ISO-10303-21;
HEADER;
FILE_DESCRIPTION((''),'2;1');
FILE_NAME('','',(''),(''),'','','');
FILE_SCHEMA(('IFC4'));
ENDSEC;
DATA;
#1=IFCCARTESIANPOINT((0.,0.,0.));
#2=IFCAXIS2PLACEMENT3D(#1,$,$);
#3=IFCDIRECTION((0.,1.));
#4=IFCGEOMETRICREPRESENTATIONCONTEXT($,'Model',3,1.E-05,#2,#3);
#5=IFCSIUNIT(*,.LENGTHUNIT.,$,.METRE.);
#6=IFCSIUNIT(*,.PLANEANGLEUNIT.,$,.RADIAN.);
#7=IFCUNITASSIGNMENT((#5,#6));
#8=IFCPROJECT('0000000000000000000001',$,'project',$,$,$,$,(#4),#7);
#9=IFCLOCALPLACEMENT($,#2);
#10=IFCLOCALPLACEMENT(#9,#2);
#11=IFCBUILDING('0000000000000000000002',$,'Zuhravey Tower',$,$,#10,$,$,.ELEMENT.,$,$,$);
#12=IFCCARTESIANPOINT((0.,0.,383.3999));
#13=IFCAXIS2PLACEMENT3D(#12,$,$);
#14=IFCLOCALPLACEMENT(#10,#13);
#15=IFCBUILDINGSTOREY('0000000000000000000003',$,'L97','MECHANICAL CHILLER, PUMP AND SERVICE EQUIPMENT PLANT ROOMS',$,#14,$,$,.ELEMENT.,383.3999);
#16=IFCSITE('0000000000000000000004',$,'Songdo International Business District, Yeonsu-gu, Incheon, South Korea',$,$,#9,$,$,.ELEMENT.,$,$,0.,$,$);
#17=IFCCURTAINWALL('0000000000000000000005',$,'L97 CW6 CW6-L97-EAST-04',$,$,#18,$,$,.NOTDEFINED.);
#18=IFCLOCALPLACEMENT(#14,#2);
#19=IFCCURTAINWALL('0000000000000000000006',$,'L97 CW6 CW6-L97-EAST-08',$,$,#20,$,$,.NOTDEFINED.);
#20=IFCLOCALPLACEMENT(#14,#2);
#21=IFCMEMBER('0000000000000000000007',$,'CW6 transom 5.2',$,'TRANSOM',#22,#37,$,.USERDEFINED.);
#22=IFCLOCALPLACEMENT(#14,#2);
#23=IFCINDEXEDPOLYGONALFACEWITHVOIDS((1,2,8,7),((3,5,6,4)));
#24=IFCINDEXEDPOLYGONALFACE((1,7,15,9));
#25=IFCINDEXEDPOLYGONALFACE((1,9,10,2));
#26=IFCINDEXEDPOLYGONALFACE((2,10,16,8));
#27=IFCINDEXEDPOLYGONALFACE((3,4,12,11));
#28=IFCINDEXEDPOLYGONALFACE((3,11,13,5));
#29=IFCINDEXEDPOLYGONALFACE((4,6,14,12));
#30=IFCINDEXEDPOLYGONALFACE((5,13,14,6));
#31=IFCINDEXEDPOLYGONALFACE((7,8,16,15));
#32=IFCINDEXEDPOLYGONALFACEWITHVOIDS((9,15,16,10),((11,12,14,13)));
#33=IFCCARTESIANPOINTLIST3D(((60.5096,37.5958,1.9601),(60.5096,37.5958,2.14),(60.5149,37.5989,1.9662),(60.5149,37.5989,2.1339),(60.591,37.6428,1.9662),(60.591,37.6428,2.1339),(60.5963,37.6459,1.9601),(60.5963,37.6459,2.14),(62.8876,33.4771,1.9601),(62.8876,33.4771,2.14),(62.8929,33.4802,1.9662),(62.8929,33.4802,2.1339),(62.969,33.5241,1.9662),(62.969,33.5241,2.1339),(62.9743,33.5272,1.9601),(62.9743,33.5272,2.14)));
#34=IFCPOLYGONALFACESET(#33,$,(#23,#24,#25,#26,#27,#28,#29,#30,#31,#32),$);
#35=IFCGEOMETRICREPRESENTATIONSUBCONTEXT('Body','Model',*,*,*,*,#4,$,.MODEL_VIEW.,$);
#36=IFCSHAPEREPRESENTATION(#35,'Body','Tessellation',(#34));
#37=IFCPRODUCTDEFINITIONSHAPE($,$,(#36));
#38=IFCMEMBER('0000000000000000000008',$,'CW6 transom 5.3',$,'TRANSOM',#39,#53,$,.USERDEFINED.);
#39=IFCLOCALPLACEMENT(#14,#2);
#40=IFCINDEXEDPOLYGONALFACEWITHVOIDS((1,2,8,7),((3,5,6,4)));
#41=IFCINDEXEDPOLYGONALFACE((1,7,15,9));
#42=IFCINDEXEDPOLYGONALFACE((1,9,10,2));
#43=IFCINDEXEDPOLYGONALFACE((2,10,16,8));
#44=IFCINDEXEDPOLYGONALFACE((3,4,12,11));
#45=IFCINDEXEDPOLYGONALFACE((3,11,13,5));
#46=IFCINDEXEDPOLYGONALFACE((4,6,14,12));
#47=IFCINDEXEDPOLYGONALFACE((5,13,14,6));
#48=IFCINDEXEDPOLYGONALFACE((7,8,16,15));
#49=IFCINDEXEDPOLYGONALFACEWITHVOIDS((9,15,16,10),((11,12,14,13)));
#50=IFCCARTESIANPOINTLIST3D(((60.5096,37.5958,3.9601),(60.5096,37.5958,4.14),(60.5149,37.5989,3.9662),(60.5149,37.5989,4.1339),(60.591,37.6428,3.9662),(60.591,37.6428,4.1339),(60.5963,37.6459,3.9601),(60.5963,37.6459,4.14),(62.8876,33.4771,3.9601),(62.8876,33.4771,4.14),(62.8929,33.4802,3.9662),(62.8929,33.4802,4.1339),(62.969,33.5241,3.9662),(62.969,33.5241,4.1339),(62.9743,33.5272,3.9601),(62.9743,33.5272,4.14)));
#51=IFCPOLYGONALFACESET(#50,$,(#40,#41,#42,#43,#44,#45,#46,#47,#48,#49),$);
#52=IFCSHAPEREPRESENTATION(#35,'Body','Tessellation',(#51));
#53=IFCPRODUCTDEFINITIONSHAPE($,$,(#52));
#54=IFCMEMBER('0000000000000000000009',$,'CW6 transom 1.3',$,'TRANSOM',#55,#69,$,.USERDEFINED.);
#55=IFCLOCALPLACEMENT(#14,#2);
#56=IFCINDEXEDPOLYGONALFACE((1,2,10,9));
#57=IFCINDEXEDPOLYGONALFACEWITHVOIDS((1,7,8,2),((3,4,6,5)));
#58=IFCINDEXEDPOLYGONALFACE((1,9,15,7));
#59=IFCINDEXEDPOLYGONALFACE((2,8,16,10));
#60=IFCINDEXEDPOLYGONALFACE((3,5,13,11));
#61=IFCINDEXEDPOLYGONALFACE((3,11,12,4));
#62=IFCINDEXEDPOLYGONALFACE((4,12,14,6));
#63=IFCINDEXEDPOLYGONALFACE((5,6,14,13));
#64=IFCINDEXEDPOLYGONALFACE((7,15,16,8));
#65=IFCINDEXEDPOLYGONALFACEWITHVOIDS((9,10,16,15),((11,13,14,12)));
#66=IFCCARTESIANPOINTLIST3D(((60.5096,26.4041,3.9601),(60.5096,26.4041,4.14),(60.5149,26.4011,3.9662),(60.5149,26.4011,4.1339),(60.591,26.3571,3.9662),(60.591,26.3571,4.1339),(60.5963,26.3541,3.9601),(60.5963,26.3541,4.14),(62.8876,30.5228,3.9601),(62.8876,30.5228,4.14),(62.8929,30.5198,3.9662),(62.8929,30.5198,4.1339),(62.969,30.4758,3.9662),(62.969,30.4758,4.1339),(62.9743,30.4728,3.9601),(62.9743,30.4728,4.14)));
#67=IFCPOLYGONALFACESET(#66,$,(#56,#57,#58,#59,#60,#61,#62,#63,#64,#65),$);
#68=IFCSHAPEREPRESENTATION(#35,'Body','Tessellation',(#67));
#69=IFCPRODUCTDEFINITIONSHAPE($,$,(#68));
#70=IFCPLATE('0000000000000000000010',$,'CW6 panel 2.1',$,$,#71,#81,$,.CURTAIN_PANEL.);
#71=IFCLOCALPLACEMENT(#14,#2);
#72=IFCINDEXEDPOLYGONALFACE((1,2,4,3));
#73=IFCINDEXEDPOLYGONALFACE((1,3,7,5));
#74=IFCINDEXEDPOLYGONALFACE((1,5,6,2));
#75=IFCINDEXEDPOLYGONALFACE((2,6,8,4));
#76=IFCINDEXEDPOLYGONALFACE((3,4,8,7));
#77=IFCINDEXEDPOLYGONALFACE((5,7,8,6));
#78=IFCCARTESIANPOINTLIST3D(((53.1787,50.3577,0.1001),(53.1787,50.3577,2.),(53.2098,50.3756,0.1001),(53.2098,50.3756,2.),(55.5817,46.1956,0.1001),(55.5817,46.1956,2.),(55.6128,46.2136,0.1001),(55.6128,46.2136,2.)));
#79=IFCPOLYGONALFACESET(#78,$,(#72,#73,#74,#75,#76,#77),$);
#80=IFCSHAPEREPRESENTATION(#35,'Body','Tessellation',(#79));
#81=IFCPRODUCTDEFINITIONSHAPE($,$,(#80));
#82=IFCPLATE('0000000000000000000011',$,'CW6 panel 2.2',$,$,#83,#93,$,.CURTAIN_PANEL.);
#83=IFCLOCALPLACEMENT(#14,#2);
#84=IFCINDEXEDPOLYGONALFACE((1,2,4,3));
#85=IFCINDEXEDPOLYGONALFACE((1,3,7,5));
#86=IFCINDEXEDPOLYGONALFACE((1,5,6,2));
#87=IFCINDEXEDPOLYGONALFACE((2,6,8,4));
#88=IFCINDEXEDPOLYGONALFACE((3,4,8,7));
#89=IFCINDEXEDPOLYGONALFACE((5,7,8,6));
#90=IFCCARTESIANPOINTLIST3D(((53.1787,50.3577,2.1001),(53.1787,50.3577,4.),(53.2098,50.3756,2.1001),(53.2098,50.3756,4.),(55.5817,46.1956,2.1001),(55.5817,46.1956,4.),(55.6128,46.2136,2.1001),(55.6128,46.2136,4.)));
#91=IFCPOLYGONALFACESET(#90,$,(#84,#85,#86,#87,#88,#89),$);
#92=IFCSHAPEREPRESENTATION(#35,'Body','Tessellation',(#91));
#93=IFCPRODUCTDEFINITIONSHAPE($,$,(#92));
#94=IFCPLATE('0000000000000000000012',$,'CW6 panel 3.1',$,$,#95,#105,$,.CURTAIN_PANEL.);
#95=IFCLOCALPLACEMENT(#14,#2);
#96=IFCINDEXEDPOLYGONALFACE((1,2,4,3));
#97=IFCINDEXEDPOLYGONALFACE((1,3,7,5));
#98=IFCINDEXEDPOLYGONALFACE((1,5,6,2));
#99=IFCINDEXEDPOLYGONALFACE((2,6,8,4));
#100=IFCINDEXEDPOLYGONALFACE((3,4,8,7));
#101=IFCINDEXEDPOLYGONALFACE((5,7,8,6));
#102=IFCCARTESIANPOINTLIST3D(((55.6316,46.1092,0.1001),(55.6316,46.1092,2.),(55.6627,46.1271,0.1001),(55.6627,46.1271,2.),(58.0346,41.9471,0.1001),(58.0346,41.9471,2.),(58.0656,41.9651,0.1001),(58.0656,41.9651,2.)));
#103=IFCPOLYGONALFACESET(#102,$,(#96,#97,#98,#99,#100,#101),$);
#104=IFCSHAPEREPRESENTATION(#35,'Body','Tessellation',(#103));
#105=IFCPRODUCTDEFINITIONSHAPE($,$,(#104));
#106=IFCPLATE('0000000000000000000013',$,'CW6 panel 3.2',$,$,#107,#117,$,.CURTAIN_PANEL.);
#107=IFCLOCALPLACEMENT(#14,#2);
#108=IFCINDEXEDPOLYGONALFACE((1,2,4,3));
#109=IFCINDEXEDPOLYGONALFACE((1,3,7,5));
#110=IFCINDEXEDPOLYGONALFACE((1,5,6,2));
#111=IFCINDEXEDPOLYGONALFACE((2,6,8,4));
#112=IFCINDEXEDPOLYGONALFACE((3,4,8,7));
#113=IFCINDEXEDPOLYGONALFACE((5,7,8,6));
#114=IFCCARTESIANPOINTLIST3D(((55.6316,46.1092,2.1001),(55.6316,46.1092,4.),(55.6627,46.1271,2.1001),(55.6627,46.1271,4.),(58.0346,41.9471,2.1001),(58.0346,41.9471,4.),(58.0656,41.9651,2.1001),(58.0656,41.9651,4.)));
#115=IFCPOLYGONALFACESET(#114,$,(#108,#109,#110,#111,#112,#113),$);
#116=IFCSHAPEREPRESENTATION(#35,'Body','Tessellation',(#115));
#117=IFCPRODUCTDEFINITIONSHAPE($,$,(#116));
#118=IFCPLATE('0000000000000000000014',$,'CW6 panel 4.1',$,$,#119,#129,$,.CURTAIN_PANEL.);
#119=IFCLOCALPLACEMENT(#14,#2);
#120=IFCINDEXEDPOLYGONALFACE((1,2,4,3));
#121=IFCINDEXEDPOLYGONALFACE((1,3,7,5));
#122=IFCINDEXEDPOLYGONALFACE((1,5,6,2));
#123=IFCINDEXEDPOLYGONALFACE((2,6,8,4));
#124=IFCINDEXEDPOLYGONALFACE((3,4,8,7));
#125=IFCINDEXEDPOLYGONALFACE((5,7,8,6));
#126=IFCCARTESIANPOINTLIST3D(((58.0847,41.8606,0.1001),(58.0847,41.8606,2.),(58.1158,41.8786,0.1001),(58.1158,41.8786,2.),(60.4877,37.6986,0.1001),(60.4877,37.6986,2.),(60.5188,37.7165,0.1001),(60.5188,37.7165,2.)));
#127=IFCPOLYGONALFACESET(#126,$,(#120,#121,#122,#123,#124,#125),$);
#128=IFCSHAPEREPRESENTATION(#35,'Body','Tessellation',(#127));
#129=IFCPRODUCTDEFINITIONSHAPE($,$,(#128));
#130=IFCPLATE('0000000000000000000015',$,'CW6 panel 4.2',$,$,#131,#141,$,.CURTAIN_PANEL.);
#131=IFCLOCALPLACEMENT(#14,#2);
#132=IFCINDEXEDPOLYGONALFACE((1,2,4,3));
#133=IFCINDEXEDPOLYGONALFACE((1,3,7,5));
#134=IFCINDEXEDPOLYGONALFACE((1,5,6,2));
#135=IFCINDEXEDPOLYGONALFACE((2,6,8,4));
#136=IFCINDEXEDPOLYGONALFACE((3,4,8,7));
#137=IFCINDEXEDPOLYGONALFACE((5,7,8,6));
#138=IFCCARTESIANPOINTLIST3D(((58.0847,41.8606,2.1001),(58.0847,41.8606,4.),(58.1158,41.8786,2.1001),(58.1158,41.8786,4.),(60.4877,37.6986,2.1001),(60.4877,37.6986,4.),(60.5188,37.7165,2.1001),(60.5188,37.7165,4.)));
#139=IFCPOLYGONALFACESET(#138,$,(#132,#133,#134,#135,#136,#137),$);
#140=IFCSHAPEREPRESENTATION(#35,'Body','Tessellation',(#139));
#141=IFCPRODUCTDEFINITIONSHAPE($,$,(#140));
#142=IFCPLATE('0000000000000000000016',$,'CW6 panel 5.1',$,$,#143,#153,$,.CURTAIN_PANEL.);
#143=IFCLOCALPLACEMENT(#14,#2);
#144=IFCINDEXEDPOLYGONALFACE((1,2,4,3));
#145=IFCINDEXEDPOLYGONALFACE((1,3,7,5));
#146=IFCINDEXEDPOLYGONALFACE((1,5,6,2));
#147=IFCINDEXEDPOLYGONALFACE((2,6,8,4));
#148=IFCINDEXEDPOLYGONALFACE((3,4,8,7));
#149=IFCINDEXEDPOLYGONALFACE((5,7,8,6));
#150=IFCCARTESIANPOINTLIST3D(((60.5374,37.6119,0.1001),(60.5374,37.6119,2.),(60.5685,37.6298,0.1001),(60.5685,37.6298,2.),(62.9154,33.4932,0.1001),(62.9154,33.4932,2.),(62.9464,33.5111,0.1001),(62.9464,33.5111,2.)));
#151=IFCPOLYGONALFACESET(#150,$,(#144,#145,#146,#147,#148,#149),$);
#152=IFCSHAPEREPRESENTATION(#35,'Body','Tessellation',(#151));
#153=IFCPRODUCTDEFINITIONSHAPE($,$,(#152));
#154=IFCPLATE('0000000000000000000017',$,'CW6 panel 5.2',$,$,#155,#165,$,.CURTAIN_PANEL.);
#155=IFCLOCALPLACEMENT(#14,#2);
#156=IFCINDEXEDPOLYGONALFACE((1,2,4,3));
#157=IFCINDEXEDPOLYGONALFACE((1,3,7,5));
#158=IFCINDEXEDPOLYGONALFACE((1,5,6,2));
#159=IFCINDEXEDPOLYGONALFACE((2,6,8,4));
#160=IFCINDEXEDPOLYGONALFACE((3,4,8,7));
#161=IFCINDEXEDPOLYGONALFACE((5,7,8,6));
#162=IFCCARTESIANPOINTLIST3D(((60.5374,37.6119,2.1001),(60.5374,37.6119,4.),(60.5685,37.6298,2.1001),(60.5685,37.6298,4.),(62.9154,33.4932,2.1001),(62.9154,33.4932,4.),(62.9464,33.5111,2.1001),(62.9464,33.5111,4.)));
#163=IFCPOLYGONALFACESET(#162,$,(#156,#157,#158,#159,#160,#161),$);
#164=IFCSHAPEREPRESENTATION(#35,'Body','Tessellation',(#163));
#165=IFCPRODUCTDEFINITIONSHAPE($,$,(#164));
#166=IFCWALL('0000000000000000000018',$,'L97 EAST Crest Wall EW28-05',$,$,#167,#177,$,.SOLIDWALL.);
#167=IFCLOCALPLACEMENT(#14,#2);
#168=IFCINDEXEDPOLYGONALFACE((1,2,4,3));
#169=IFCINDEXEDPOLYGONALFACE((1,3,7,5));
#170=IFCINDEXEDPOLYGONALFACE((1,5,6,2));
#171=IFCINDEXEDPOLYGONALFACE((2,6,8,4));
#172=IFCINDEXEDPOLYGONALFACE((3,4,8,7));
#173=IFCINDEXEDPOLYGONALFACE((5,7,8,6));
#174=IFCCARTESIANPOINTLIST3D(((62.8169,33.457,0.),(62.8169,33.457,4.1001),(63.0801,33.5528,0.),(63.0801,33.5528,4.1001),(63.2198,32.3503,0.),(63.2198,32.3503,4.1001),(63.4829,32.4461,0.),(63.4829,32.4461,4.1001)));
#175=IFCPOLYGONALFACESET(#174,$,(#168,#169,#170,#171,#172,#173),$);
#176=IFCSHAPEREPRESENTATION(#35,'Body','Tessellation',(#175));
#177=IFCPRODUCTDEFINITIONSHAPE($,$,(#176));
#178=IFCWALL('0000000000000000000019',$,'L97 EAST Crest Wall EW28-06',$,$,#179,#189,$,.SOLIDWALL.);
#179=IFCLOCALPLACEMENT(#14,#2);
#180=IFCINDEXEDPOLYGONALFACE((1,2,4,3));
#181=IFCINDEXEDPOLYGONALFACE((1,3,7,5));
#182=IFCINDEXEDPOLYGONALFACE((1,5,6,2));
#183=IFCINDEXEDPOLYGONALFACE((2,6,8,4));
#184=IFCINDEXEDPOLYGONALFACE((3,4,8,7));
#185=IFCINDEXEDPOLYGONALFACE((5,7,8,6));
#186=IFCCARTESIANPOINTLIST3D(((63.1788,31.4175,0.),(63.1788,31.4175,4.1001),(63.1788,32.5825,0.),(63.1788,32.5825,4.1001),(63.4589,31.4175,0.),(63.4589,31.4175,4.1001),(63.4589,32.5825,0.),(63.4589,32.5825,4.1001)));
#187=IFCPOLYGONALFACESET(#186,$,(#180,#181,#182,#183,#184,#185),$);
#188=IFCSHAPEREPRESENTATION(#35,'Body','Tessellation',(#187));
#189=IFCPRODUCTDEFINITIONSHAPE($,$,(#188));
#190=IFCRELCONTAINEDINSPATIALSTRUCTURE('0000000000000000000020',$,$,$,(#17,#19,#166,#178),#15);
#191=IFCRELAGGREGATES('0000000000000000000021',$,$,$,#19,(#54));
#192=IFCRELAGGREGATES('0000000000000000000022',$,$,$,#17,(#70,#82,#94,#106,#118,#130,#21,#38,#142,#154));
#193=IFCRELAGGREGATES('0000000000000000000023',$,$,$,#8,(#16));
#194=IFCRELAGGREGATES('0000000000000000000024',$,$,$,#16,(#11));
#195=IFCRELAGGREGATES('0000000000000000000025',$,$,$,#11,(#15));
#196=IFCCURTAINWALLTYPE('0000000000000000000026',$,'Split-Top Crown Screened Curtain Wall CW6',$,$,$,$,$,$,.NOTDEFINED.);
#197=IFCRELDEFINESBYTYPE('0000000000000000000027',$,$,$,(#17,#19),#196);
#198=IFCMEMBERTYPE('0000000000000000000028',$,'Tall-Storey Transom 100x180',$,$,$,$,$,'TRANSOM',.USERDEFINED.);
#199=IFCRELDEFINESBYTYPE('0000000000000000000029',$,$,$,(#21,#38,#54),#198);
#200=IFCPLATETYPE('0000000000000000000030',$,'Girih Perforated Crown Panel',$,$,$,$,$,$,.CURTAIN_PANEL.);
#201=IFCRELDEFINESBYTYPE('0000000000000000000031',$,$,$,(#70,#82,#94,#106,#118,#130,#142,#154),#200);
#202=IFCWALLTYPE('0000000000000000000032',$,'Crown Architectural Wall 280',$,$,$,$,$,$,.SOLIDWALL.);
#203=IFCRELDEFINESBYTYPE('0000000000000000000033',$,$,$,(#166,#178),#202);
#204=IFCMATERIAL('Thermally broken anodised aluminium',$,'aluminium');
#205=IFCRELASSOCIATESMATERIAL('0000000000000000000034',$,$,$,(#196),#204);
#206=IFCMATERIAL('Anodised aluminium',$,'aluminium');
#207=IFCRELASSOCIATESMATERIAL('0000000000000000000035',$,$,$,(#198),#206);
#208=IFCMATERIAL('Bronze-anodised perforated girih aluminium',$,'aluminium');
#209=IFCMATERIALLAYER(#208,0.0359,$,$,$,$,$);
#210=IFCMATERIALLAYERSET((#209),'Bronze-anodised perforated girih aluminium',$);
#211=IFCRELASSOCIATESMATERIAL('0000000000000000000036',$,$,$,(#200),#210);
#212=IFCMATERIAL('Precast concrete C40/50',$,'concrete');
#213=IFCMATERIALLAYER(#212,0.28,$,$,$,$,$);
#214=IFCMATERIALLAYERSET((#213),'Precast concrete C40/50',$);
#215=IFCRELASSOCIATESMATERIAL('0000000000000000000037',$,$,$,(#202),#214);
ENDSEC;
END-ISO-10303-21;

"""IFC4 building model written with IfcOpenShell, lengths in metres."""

from ifc_helpers import new_model, si_unit, direction, frame, frame_2d, origin, origin_2d, place, context, subcontext, project, spatial, rectangle, hollow_rectangle, extrude, material, layer, layer_set, material_profile, profile_set, type_object, element, aggregate, save


model = new_model("IFC4")

# Units and contexts
model_context = context("Model", 3, precision=1e-05, world=origin(), true_north=direction((0.0, 1.0)))
body_context = subcontext(model_context, "Body", "Model", "MODEL_VIEW")
ifc_project = project(units=[si_unit("LENGTHUNIT", "METRE"), si_unit("PLANEANGLEUNIT", "RADIAN")], contexts=[model_context])

# Site, building, storey
site_placement = place(None, origin())
site = spatial("IfcSite", under=ifc_project, at=site_placement, Name="Songdo International Business District, Yeonsu-gu, Incheon, South Korea", CompositionType="ELEMENT", RefElevation=0.0)
building_placement = place(site_placement, origin())
building = spatial("IfcBuilding", under=site, at=building_placement, Name="Zuhravey Tower", CompositionType="ELEMENT")
storey_placement = place(building_placement, frame((0.0, 0.0, 383.3999)))
storey = spatial("IfcBuildingStorey", under=building, at=storey_placement, Name="L97", Description="MECHANICAL CHILLER, PUMP AND SERVICE EQUIPMENT PLANT ROOMS", CompositionType="ELEMENT", Elevation=383.3999)

# Curtain wall
ifc_material_1 = material(Name="Thermally broken anodised aluminium", Category="aluminium")
curtain_wall_type = type_object("IfcCurtainWallType", Name="Split-Top Crown Screened Curtain Wall CW6", PredefinedType="NOTDEFINED", material=ifc_material_1)
curtain_wall_1_placement = place(storey_placement, origin())
curtain_wall_1 = element("IfcCurtainWall", 1, at=curtain_wall_1_placement, inside=storey, type_object=curtain_wall_type, Name="L97 CW6 CW6-L97-EAST-04", PredefinedType="NOTDEFINED")
ifc_material_2 = material(Name="Anodised aluminium", Category="aluminium")

# Curtain wall
curtain_wall_2_placement = place(storey_placement, origin())
curtain_wall_2 = element("IfcCurtainWall", 2, at=curtain_wall_2_placement, inside=storey, type_object=curtain_wall_type, Name="L97 CW6 CW6-L97-EAST-08", PredefinedType="NOTDEFINED")

# Members
ifc_material_profile_1 = material_profile(ifc_material_2, hollow_rectangle(XDim=0.1001, YDim=0.1799, WallThickness=0.0061, at=origin_2d()), Name="ALU-RHS-100x180x6")
ifc_profile_set_1 = profile_set([ifc_material_profile_1], Name="Anodised aluminium")
member_type_1 = type_object("IfcMemberType", Name="Tall-Storey Transom 100x180", ElementType="TRANSOM", PredefinedType="USERDEFINED", material=ifc_profile_set_1)
member_1_placement = place(storey_placement, frame((60.553, 37.6208, 2.05), z_axis=(0.500004, -0.866023, 0.0), x_axis=(0.866023, 0.500004, 0.0)))
member_1 = element("IfcMember", 3, at=member_1_placement, type_object=member_type_1, Name="CW6 transom 5.2", ObjectType="TRANSOM", PredefinedType="USERDEFINED", context=body_context, shape_type="SweptSolid", body=[
    extrude(hollow_rectangle(XDim=0.1001, YDim=0.1799, WallThickness=0.0061, at=origin_2d()), origin(), (0.0, 0.0, 1.0), 4.7559),
])
member_2_placement = place(storey_placement, frame((60.553, 37.6208, 4.05), z_axis=(0.500004, -0.866023, 0.0), x_axis=(0.866023, 0.500004, 0.0)))
member_2 = element("IfcMember", 4, at=member_2_placement, type_object=member_type_1, Name="CW6 transom 5.3", ObjectType="TRANSOM", PredefinedType="USERDEFINED", context=body_context, shape_type="SweptSolid", body=[
    extrude(hollow_rectangle(XDim=0.1001, YDim=0.1799, WallThickness=0.0061, at=origin_2d()), origin(), (0.0, 0.0, 1.0), 4.7559),
])
member_3_placement = place(storey_placement, frame((62.9309, 30.4978, 4.05), z_axis=(-0.500004, -0.866023, 0.0), x_axis=(0.866023, -0.500004, 0.0)))
member_3 = element("IfcMember", 5, at=member_3_placement, type_object=member_type_1, Name="CW6 transom 1.3", ObjectType="TRANSOM", PredefinedType="USERDEFINED", context=body_context, shape_type="SweptSolid", body=[
    extrude(hollow_rectangle(XDim=0.1001, YDim=0.1799, WallThickness=0.0061, at=origin_2d()), origin(), (0.0, 0.0, 1.0), 4.7559),
])
aggregate(curtain_wall_2, [member_3])

# Plates
ifc_material_3 = material(Name="Bronze-anodised perforated girih aluminium", Category="aluminium")
ifc_layer_1 = layer(ifc_material_3, 0.0359)
ifc_layer_set_1 = layer_set([ifc_layer_1], Name="Bronze-anodised perforated girih aluminium")
plate_type = type_object("IfcPlateType", Name="Girih Perforated Crown Panel", PredefinedType="CURTAIN_PANEL", material=ifc_layer_set_1)
plate_1_placement = place(storey_placement, frame((54.3958, 48.2856, 0.1001), z_axis=(0.0, 0.0, 1.0), x_axis=(0.499997, -0.866027, 0.0)))
plate_1 = element("IfcPlate", 6, at=plate_1_placement, type_object=plate_type, Name="CW6 panel 2.1", PredefinedType="CURTAIN_PANEL", context=body_context, shape_type="SweptSolid", body=[
    extrude(rectangle(XDim=4.8059, YDim=0.0359, at=origin_2d()), origin(), (0.0, 0.0, 1.0), 1.8999),
])
plate_2_placement = place(storey_placement, frame((54.3958, 48.2856, 2.1001), z_axis=(0.0, 0.0, 1.0), x_axis=(0.499997, -0.866027, 0.0)))
plate_2 = element("IfcPlate", 7, at=plate_2_placement, type_object=plate_type, Name="CW6 panel 2.2", PredefinedType="CURTAIN_PANEL", context=body_context, shape_type="SweptSolid", body=[
    extrude(rectangle(XDim=4.8059, YDim=0.0359, at=origin_2d()), origin(), (0.0, 0.0, 1.0), 1.8999),
])
plate_3_placement = place(storey_placement, frame((56.8486, 44.0371, 0.1001), z_axis=(0.0, 0.0, 1.0), x_axis=(0.499997, -0.866027, 0.0)))
plate_3 = element("IfcPlate", 8, at=plate_3_placement, type_object=plate_type, Name="CW6 panel 3.1", PredefinedType="CURTAIN_PANEL", context=body_context, shape_type="SweptSolid", body=[
    extrude(rectangle(XDim=4.8059, YDim=0.0359, at=origin_2d()), origin(), (0.0, 0.0, 1.0), 1.8999),
])
plate_4_placement = place(storey_placement, frame((56.8486, 44.0371, 2.1001), z_axis=(0.0, 0.0, 1.0), x_axis=(0.499997, -0.866027, 0.0)))
plate_4 = element("IfcPlate", 9, at=plate_4_placement, type_object=plate_type, Name="CW6 panel 3.2", PredefinedType="CURTAIN_PANEL", context=body_context, shape_type="SweptSolid", body=[
    extrude(rectangle(XDim=4.8059, YDim=0.0359, at=origin_2d()), origin(), (0.0, 0.0, 1.0), 1.8999),
])
plate_5_placement = place(storey_placement, frame((59.3018, 39.7886, 0.1001), z_axis=(0.0, 0.0, 1.0), x_axis=(0.499997, -0.866027, 0.0)))
plate_5 = element("IfcPlate", 10, at=plate_5_placement, type_object=plate_type, Name="CW6 panel 4.1", PredefinedType="CURTAIN_PANEL", context=body_context, shape_type="SweptSolid", body=[
    extrude(rectangle(XDim=4.8059, YDim=0.0359, at=origin_2d()), origin(), (0.0, 0.0, 1.0), 1.8999),
])
plate_6_placement = place(storey_placement, frame((59.3018, 39.7886, 2.1001), z_axis=(0.0, 0.0, 1.0), x_axis=(0.499997, -0.866027, 0.0)))
plate_6 = element("IfcPlate", 11, at=plate_6_placement, type_object=plate_type, Name="CW6 panel 4.2", PredefinedType="CURTAIN_PANEL", context=body_context, shape_type="SweptSolid", body=[
    extrude(rectangle(XDim=4.8059, YDim=0.0359, at=origin_2d()), origin(), (0.0, 0.0, 1.0), 1.8999),
])
plate_7_placement = place(storey_placement, frame((61.7419, 35.5615, 0.1001), z_axis=(0.0, 0.0, 1.0), x_axis=(0.499997, -0.866027, 0.0)))
plate_7 = element("IfcPlate", 12, at=plate_7_placement, type_object=plate_type, Name="CW6 panel 5.1", PredefinedType="CURTAIN_PANEL", context=body_context, shape_type="SweptSolid", body=[
    extrude(rectangle(XDim=4.7559, YDim=0.0359, at=origin_2d()), origin(), (0.0, 0.0, 1.0), 1.8999),
])
plate_8_placement = place(storey_placement, frame((61.7419, 35.5615, 2.1001), z_axis=(0.0, 0.0, 1.0), x_axis=(0.499997, -0.866027, 0.0)))
plate_8 = element("IfcPlate", 13, at=plate_8_placement, type_object=plate_type, Name="CW6 panel 5.2", PredefinedType="CURTAIN_PANEL", context=body_context, shape_type="SweptSolid", body=[
    extrude(rectangle(XDim=4.7559, YDim=0.0359, at=origin_2d()), origin(), (0.0, 0.0, 1.0), 1.8999),
])
aggregate(curtain_wall_1, [plate_1, plate_2, plate_3, plate_4, plate_5, plate_6, member_1, member_2, plate_7, plate_8])

# Walls
ifc_material_4 = material(Name="Precast concrete C40/50", Category="concrete")
ifc_layer_2 = layer(ifc_material_4, 0.28)
ifc_layer_set_2 = layer_set([ifc_layer_2], Name="Precast concrete C40/50")
wall_type = type_object("IfcWallType", Name="Crown Architectural Wall 280", PredefinedType="SOLIDWALL", material=ifc_layer_set_2)
wall_1_placement = place(storey_placement, frame((62.9485, 33.5049, 0.0), z_axis=(0.0, 0.0, 1.0), x_axis=(0.342043, -0.939684, 0.0)))
element("IfcWall", 14, at=wall_1_placement, inside=storey, type_object=wall_type, Name="L97 EAST Crest Wall EW28-05", PredefinedType="SOLIDWALL", context=body_context, shape_type="SweptSolid", body=[
    extrude(rectangle(XDim=1.1777, YDim=0.28, at=frame_2d((0.5889, 0.0))), origin(), (0.0, 0.0, 1.0), 4.1001),
])
wall_2_placement = place(storey_placement, frame((63.3188, 32.5825, 0.0), z_axis=(0.0, 0.0, 1.0), x_axis=(0.0, -1.0, 0.0)))
element("IfcWall", 15, at=wall_2_placement, inside=storey, type_object=wall_type, Name="L97 EAST Crest Wall EW28-06", PredefinedType="SOLIDWALL", context=body_context, shape_type="SweptSolid", body=[
    extrude(rectangle(XDim=1.165, YDim=0.28, at=frame_2d((0.5825, 0.0))), origin(), (0.0, 0.0, 1.0), 4.1001),
])

save(model, "model.ifc")
